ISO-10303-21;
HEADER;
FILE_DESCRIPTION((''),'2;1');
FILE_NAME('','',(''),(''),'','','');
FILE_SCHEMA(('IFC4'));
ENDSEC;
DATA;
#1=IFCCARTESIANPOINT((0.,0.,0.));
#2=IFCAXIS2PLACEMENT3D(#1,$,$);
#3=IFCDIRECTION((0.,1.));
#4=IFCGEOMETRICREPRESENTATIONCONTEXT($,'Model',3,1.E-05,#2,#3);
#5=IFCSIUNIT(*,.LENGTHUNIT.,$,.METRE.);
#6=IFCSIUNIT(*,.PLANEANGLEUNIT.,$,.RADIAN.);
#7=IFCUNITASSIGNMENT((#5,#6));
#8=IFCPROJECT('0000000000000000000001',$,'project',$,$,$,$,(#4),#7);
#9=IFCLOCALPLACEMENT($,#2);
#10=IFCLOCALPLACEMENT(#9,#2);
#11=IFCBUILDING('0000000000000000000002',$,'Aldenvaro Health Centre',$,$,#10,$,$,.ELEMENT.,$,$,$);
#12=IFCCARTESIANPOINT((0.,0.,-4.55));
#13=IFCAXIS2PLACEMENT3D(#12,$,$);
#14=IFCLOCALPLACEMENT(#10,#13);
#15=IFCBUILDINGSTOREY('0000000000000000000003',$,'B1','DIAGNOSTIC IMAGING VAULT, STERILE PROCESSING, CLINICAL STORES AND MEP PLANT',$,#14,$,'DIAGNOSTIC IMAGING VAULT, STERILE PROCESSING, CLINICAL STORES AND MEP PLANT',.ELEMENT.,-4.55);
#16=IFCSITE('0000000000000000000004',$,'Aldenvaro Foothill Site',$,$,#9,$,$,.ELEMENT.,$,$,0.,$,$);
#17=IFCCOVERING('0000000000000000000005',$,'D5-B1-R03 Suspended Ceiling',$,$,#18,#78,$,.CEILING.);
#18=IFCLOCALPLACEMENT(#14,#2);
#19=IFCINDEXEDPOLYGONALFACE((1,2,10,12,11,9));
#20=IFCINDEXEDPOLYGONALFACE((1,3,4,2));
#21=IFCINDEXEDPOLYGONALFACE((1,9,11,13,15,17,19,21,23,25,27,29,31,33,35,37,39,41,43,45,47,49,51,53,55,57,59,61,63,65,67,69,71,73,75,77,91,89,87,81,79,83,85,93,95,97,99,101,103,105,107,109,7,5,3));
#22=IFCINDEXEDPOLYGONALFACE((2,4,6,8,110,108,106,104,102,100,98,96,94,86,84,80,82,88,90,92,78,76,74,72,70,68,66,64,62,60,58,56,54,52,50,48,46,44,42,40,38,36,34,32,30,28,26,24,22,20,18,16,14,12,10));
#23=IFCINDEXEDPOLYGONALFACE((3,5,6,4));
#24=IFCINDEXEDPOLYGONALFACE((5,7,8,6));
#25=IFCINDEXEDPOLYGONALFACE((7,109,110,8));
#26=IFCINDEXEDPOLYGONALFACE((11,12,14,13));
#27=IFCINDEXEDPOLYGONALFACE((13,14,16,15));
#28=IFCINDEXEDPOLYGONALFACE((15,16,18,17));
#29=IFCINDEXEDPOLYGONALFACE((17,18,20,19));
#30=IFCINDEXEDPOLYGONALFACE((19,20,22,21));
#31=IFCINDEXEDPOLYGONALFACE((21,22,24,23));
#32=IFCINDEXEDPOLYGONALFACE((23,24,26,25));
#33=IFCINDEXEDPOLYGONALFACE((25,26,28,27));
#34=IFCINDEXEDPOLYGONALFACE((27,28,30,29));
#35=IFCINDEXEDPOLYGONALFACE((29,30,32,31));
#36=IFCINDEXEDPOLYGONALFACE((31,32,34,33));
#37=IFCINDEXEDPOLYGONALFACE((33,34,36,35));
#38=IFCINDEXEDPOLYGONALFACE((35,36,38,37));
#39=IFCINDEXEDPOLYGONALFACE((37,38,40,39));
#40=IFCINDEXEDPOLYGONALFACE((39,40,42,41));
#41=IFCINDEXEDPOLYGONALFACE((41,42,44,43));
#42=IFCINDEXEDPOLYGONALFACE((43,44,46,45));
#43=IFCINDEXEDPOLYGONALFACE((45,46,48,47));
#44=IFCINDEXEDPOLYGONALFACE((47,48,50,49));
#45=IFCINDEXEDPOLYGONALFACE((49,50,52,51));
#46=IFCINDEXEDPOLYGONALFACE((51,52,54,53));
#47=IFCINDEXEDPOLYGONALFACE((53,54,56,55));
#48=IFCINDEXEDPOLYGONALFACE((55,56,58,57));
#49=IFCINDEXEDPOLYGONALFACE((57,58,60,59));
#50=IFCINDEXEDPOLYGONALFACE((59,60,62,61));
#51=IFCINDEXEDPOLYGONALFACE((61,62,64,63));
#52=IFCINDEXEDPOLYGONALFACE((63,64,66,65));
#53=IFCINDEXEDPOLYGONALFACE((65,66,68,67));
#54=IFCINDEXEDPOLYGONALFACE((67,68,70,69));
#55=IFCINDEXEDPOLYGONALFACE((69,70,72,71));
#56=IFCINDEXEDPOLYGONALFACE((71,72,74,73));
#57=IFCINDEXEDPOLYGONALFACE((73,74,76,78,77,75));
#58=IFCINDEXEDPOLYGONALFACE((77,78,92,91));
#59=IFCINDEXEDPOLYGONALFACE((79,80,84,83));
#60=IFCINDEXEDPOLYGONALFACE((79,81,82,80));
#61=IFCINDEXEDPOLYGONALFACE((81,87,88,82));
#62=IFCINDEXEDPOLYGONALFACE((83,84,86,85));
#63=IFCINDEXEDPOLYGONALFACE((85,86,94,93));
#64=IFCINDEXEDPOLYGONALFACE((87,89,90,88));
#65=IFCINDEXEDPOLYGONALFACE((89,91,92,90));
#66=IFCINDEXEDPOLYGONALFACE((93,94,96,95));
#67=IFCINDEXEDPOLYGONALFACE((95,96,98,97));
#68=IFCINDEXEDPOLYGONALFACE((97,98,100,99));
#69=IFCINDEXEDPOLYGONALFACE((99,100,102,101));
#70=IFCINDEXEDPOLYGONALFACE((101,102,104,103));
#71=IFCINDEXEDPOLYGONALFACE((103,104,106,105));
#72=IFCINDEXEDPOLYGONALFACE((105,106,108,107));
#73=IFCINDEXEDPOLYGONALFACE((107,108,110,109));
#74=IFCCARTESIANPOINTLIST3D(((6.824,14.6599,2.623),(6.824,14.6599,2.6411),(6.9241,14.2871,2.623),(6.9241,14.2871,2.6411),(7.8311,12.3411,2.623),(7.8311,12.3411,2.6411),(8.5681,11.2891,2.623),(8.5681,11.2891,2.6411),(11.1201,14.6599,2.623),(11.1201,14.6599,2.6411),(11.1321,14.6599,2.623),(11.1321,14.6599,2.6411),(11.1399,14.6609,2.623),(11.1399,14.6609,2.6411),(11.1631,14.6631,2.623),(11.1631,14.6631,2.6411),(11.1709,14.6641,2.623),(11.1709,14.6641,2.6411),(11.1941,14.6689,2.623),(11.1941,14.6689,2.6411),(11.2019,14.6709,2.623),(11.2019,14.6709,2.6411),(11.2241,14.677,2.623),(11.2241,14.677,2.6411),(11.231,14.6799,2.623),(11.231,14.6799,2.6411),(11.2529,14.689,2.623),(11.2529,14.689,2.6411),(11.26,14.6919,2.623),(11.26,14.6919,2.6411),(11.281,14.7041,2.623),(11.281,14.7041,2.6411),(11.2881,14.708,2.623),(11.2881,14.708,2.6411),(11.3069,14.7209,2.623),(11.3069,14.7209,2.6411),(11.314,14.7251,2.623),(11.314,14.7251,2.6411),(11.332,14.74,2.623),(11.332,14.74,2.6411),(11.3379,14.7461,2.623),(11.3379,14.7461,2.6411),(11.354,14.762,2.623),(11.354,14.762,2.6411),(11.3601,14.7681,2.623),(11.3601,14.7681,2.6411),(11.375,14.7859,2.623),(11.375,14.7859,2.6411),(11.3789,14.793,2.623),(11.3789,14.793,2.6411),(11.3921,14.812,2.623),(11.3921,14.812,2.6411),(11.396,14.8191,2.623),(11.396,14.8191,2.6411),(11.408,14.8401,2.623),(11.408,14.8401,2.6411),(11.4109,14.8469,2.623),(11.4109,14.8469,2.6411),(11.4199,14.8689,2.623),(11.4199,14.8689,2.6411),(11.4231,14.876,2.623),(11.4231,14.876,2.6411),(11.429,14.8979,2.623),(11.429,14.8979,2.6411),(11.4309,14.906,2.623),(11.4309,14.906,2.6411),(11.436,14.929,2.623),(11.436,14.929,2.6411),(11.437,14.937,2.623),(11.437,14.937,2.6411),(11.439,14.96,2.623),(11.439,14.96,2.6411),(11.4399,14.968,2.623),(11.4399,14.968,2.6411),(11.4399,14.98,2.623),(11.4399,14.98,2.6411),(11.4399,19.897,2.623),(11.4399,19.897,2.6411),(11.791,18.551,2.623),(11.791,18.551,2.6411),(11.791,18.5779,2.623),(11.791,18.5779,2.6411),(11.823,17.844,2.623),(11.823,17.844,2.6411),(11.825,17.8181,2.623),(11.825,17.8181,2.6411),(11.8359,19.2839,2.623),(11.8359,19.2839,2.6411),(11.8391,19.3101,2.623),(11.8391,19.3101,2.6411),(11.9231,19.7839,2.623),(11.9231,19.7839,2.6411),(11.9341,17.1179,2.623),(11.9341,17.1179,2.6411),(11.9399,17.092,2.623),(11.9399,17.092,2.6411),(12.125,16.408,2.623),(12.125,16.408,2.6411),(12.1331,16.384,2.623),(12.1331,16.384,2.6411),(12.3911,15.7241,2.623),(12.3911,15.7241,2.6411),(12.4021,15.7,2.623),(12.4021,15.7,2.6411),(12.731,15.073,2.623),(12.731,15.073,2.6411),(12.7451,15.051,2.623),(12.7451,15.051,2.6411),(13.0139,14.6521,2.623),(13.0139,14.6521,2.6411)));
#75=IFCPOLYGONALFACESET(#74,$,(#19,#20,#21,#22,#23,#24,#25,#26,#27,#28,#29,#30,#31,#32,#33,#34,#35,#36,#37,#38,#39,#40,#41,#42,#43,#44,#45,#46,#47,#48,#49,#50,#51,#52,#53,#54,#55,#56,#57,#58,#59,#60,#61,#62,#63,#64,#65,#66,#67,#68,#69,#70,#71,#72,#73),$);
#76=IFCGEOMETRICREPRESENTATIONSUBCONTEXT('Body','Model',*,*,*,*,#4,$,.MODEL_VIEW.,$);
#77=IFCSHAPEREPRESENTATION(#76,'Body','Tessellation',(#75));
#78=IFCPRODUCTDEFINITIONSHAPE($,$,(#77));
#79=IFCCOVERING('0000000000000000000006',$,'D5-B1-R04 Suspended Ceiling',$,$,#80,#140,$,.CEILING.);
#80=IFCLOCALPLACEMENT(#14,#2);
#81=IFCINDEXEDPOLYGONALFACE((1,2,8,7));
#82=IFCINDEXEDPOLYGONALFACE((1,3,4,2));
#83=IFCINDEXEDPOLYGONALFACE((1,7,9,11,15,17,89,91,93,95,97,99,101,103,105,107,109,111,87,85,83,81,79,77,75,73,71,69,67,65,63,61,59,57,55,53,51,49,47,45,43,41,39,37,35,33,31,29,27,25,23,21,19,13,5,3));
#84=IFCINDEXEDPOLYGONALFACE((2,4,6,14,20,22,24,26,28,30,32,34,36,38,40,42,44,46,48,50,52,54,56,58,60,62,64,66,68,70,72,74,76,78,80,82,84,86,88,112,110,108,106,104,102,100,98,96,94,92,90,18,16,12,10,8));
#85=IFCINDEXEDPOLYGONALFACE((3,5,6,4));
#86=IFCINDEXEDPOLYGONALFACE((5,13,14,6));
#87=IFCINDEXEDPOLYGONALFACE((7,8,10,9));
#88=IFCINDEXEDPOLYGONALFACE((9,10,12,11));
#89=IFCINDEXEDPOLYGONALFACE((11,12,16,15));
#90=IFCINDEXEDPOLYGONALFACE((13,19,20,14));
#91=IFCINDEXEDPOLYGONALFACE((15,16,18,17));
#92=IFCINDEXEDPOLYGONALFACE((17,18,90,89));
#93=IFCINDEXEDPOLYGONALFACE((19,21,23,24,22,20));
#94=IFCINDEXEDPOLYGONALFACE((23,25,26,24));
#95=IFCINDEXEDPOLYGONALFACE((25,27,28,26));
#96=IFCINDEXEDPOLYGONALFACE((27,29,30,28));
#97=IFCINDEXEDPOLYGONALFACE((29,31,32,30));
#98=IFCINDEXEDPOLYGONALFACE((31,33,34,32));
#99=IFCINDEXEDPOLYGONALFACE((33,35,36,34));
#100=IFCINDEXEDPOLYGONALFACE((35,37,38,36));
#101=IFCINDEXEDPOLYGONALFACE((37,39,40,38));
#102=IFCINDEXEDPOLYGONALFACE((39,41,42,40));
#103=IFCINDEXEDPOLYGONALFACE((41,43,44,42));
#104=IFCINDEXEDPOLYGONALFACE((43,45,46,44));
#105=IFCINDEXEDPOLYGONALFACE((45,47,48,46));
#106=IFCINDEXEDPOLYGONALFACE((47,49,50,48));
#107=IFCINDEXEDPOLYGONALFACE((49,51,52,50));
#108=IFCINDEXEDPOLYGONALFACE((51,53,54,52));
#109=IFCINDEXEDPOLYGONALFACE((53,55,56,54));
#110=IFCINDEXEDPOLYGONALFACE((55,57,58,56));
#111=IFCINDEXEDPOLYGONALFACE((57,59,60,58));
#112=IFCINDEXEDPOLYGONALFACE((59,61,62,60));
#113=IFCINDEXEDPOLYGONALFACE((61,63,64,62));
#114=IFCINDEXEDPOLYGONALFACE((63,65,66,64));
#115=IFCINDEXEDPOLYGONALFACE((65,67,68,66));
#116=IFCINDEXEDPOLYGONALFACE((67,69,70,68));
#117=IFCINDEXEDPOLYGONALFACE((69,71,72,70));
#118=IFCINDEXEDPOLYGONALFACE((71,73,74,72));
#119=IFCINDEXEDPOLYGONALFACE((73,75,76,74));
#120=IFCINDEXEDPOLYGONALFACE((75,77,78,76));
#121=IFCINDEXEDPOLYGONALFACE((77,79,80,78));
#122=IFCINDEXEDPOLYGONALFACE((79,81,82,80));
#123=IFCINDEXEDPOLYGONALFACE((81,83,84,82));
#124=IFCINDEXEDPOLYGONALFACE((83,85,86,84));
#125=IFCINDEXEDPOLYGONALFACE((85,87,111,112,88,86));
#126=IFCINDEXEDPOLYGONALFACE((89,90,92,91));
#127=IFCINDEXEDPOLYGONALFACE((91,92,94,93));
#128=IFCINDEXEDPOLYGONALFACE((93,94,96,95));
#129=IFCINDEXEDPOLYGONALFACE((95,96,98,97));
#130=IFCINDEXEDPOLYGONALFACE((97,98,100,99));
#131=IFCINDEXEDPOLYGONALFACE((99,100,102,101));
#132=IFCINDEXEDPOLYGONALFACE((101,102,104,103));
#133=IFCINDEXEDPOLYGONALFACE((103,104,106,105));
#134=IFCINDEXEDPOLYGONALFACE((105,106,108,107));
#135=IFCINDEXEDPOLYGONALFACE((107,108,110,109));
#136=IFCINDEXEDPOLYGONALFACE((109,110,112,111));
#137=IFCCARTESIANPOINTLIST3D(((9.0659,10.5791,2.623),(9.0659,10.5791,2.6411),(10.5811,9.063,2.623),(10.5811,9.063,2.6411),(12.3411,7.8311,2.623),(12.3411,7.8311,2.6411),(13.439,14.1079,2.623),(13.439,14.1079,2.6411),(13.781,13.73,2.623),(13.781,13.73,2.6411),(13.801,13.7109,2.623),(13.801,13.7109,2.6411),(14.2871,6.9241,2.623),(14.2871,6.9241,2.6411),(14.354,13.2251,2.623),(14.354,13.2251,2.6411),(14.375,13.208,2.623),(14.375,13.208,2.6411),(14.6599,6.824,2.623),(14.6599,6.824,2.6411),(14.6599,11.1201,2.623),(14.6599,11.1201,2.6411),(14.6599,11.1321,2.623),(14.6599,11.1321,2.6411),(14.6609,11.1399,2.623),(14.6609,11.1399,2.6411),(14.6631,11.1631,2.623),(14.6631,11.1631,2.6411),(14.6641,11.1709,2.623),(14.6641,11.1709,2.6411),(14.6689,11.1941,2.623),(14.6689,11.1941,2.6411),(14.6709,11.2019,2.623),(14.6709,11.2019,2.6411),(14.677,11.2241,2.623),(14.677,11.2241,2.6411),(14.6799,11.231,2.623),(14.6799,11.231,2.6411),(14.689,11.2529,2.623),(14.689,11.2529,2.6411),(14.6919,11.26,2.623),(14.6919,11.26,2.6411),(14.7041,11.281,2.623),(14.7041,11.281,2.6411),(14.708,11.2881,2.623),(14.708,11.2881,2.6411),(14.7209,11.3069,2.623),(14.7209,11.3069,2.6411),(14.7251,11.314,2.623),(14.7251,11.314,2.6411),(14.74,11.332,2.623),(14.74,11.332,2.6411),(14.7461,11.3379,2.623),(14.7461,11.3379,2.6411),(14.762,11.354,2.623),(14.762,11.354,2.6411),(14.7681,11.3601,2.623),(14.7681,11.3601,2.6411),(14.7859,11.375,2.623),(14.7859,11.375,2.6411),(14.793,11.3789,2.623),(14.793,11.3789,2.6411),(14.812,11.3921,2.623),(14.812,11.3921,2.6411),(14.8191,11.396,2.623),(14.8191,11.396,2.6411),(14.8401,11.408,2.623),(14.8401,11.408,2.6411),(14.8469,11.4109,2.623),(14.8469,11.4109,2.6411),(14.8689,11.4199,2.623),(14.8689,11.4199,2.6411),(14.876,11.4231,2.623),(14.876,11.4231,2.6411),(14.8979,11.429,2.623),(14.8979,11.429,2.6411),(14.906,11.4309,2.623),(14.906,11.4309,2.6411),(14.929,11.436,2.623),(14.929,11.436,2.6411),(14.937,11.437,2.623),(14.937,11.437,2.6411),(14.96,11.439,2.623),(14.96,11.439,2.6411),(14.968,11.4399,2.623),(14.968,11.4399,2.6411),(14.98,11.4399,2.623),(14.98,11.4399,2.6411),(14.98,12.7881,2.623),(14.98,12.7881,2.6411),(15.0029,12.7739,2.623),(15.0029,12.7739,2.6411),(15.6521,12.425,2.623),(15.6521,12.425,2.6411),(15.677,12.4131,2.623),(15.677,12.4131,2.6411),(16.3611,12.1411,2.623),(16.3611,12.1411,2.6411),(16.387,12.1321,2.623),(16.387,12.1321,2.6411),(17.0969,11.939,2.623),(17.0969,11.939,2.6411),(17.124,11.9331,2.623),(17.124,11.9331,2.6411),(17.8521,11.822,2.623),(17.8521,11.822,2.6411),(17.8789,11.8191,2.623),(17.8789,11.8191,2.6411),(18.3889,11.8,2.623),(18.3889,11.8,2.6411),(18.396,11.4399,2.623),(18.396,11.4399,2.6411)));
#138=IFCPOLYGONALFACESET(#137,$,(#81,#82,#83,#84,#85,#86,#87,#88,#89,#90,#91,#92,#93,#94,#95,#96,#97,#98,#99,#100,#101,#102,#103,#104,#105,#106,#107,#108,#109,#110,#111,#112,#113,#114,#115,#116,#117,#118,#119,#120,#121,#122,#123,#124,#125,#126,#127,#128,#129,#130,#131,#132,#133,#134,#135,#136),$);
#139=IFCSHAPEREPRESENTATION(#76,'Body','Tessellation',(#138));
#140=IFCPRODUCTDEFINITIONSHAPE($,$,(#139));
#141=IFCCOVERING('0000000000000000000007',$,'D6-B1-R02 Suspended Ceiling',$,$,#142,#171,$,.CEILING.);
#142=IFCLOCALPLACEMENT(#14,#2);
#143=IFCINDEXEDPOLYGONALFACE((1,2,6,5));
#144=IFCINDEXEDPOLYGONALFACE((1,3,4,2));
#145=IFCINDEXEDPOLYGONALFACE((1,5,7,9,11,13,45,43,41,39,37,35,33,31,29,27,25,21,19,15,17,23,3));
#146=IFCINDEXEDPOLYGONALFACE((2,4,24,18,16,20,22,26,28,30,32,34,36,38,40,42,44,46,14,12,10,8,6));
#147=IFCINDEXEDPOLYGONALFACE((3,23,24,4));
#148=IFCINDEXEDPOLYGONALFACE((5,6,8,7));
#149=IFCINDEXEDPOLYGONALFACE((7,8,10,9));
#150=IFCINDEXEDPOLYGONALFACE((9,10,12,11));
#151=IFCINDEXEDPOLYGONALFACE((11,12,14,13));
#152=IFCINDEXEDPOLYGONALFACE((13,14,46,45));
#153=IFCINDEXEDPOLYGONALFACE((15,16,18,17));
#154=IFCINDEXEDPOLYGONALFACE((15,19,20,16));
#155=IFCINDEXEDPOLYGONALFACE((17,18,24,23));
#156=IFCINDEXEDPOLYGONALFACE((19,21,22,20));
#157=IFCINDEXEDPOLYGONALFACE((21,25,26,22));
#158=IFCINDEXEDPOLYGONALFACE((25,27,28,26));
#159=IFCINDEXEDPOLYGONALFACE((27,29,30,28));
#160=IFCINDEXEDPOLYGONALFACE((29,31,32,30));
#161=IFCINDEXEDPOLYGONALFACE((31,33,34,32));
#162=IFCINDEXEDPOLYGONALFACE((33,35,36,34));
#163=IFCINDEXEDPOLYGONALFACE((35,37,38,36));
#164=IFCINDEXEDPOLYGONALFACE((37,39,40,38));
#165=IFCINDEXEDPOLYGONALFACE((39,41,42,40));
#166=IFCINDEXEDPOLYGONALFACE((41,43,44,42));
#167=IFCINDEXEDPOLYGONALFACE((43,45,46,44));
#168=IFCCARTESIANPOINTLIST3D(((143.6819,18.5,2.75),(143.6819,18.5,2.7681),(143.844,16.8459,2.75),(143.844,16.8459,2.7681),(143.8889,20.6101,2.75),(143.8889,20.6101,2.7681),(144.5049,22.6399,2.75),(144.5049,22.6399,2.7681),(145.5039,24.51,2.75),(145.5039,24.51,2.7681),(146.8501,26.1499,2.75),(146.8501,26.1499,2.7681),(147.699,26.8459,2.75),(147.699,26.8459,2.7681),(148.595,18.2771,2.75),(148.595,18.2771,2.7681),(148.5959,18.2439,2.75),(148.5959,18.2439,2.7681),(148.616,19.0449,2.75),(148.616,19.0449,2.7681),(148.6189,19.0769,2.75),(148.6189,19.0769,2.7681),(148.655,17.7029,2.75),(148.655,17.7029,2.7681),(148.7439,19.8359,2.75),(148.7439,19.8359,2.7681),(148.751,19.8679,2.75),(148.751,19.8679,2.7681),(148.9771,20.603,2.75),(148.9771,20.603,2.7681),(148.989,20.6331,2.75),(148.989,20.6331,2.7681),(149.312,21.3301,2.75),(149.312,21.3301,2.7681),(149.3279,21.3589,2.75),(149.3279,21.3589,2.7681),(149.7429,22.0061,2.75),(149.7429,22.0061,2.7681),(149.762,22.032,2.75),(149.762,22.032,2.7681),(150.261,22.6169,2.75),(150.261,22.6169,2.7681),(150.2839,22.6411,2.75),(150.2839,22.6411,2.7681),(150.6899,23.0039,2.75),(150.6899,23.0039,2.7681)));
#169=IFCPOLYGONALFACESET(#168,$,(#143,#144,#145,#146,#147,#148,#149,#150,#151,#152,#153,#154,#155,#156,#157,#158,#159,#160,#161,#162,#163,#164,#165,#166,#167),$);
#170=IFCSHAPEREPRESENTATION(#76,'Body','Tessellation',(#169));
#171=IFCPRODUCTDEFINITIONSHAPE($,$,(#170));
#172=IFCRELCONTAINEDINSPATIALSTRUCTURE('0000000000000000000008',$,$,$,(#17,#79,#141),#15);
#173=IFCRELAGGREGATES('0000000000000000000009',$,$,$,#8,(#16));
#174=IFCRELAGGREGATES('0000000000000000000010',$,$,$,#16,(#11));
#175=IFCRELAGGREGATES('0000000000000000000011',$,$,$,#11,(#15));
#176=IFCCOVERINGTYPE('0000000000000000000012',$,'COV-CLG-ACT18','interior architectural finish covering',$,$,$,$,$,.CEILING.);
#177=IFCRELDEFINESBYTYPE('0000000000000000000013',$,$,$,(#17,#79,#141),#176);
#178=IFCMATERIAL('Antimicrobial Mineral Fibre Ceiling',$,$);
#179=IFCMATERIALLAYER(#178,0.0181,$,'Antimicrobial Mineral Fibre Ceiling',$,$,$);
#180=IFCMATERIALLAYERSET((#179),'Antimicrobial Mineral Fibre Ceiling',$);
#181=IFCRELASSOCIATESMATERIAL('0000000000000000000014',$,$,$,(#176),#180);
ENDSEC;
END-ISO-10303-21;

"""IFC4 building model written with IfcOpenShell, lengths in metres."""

from ifc_helpers import new_model, si_unit, direction, frame, origin, place, context, subcontext, project, spatial, polyline, outline, extrude, material, layer, layer_set, type_object, element, save


model = new_model("IFC4")

# Units and contexts
model_context = context("Model", 3, precision=1e-05, world=origin(), true_north=direction((0.0, 1.0)))
body_context = subcontext(model_context, "Body", "Model", "MODEL_VIEW")
ifc_project = project(units=[si_unit("LENGTHUNIT", "METRE"), si_unit("PLANEANGLEUNIT", "RADIAN")], contexts=[model_context])

# Site, building, storey
site_placement = place(None, origin())
site = spatial("IfcSite", under=ifc_project, at=site_placement, Name="Aldenvaro Foothill Site", CompositionType="ELEMENT", RefElevation=0.0)
building_placement = place(site_placement, origin())
building = spatial("IfcBuilding", under=site, at=building_placement, Name="Aldenvaro Health Centre", CompositionType="ELEMENT")
storey_placement = place(building_placement, frame((0.0, 0.0, -4.55)))
storey = spatial("IfcBuildingStorey", under=building, at=storey_placement, Name="B1", Description="DIAGNOSTIC IMAGING VAULT, STERILE PROCESSING, CLINICAL STORES AND MEP PLANT", LongName="DIAGNOSTIC IMAGING VAULT, STERILE PROCESSING, CLINICAL STORES AND MEP PLANT", CompositionType="ELEMENT", Elevation=-4.55)

# Coverings
ifc_material_1 = material(Name="Antimicrobial Mineral Fibre Ceiling")
ifc_layer_1 = layer(ifc_material_1, 0.0181, Name="Antimicrobial Mineral Fibre Ceiling")
ifc_layer_set_1 = layer_set([ifc_layer_1], Name="Antimicrobial Mineral Fibre Ceiling")
covering_type_1 = type_object("IfcCoveringType", Name="COV-CLG-ACT18", Description="interior architectural finish covering", PredefinedType="CEILING", material=ifc_layer_set_1)
covering_1_placement = place(storey_placement, frame((0.0, 0.0, 2.623)))
element("IfcCovering", 1, at=covering_1_placement, inside=storey, type_object=covering_type_1, Name="D5-B1-R03 Suspended Ceiling", PredefinedType="CEILING", context=body_context, shape_type="SweptSolid", body=[
    extrude(outline(polyline([(11.8391, 19.3101), (11.8359, 19.2839), (11.791, 18.5779), (11.791, 18.551), (11.823, 17.844), (11.825, 17.8181), (11.9341, 17.1179), (11.9399, 17.092), (12.125, 16.408), (12.1331, 16.384), (12.3911, 15.7241), (12.4021, 15.7), (12.731, 15.073), (12.7451, 15.051), (13.0139, 14.6521), (8.5681, 11.2891), (7.8311, 12.3411), (6.9241, 14.2871), (6.824, 14.6599), (11.1201, 14.6599), (11.1321, 14.6599), (11.1399, 14.6609), (11.1631, 14.6631), (11.1709, 14.6641), (11.1941, 14.6689), (11.2019, 14.6709), (11.2241, 14.677), (11.231, 14.6799), (11.2529, 14.689), (11.26, 14.6919), (11.281, 14.7041), (11.2881, 14.708), (11.3069, 14.7209), (11.314, 14.7251), (11.332, 14.74), (11.3379, 14.7461), (11.354, 14.762), (11.3601, 14.7681), (11.375, 14.7859), (11.3789, 14.793), (11.3921, 14.812), (11.396, 14.8191), (11.408, 14.8401), (11.4109, 14.8469), (11.4199, 14.8689), (11.4231, 14.876), (11.429, 14.8979), (11.4309, 14.906), (11.436, 14.929), (11.437, 14.937), (11.439, 14.96), (11.4399, 14.968), (11.4399, 14.98), (11.4399, 19.897), (11.9231, 19.7839), (11.8391, 19.3101)])), origin(), (0.0, 0.0, 1.0), 0.0181),
])
covering_2_placement = place(storey_placement, frame((0.0, 0.0, 2.623)))
element("IfcCovering", 2, at=covering_2_placement, inside=storey, type_object=covering_type_1, Name="D5-B1-R04 Suspended Ceiling", PredefinedType="CEILING", context=body_context, shape_type="SweptSolid", body=[
    extrude(outline(polyline([(9.0659, 10.5791), (13.439, 14.1079), (13.781, 13.73), (13.801, 13.7109), (14.354, 13.2251), (14.375, 13.208), (14.98, 12.7881), (15.0029, 12.7739), (15.6521, 12.425), (15.677, 12.4131), (16.3611, 12.1411), (16.387, 12.1321), (17.0969, 11.939), (17.124, 11.9331), (17.8521, 11.822), (17.8789, 11.8191), (18.3889, 11.8), (18.396, 11.4399), (14.98, 11.4399), (14.968, 11.4399), (14.96, 11.439), (14.937, 11.437), (14.929, 11.436), (14.906, 11.4309), (14.8979, 11.429), (14.876, 11.4231), (14.8689, 11.4199), (14.8469, 11.4109), (14.8401, 11.408), (14.8191, 11.396), (14.812, 11.3921), (14.793, 11.3789), (14.7859, 11.375), (14.7681, 11.3601), (14.762, 11.354), (14.7461, 11.3379), (14.74, 11.332), (14.7251, 11.314), (14.7209, 11.3069), (14.708, 11.2881), (14.7041, 11.281), (14.6919, 11.26), (14.689, 11.2529), (14.6799, 11.231), (14.677, 11.2241), (14.6709, 11.2019), (14.6689, 11.1941), (14.6641, 11.1709), (14.6631, 11.1631), (14.6609, 11.1399), (14.6599, 11.1321), (14.6599, 11.1201), (14.6599, 6.824), (14.2871, 6.9241), (12.3411, 7.8311), (10.5811, 9.063), (9.0659, 10.5791)])), origin(), (0.0, 0.0, 1.0), 0.0181),
])
covering_3_placement = place(storey_placement, frame((0.0, 0.0, 2.75)))
element("IfcCovering", 3, at=covering_3_placement, inside=storey, type_object=covering_type_1, Name="D6-B1-R02 Suspended Ceiling", PredefinedType="CEILING", context=body_context, shape_type="SweptSolid", body=[
    extrude(outline(polyline([(150.2839, 22.6411), (150.261, 22.6169), (149.762, 22.032), (149.7429, 22.0061), (149.3279, 21.3589), (149.312, 21.3301), (148.989, 20.6331), (148.9771, 20.603), (148.751, 19.8679), (148.7439, 19.8359), (148.6189, 19.0769), (148.616, 19.0449), (148.595, 18.2771), (148.5959, 18.2439), (148.655, 17.7029), (143.844, 16.8459), (143.6819, 18.5), (143.8889, 20.6101), (144.5049, 22.6399), (145.5039, 24.51), (146.8501, 26.1499), (147.699, 26.8459), (150.6899, 23.0039), (150.2839, 22.6411)])), origin(), (0.0, 0.0, 1.0), 0.0181),
])

save(model, "model.ifc")
